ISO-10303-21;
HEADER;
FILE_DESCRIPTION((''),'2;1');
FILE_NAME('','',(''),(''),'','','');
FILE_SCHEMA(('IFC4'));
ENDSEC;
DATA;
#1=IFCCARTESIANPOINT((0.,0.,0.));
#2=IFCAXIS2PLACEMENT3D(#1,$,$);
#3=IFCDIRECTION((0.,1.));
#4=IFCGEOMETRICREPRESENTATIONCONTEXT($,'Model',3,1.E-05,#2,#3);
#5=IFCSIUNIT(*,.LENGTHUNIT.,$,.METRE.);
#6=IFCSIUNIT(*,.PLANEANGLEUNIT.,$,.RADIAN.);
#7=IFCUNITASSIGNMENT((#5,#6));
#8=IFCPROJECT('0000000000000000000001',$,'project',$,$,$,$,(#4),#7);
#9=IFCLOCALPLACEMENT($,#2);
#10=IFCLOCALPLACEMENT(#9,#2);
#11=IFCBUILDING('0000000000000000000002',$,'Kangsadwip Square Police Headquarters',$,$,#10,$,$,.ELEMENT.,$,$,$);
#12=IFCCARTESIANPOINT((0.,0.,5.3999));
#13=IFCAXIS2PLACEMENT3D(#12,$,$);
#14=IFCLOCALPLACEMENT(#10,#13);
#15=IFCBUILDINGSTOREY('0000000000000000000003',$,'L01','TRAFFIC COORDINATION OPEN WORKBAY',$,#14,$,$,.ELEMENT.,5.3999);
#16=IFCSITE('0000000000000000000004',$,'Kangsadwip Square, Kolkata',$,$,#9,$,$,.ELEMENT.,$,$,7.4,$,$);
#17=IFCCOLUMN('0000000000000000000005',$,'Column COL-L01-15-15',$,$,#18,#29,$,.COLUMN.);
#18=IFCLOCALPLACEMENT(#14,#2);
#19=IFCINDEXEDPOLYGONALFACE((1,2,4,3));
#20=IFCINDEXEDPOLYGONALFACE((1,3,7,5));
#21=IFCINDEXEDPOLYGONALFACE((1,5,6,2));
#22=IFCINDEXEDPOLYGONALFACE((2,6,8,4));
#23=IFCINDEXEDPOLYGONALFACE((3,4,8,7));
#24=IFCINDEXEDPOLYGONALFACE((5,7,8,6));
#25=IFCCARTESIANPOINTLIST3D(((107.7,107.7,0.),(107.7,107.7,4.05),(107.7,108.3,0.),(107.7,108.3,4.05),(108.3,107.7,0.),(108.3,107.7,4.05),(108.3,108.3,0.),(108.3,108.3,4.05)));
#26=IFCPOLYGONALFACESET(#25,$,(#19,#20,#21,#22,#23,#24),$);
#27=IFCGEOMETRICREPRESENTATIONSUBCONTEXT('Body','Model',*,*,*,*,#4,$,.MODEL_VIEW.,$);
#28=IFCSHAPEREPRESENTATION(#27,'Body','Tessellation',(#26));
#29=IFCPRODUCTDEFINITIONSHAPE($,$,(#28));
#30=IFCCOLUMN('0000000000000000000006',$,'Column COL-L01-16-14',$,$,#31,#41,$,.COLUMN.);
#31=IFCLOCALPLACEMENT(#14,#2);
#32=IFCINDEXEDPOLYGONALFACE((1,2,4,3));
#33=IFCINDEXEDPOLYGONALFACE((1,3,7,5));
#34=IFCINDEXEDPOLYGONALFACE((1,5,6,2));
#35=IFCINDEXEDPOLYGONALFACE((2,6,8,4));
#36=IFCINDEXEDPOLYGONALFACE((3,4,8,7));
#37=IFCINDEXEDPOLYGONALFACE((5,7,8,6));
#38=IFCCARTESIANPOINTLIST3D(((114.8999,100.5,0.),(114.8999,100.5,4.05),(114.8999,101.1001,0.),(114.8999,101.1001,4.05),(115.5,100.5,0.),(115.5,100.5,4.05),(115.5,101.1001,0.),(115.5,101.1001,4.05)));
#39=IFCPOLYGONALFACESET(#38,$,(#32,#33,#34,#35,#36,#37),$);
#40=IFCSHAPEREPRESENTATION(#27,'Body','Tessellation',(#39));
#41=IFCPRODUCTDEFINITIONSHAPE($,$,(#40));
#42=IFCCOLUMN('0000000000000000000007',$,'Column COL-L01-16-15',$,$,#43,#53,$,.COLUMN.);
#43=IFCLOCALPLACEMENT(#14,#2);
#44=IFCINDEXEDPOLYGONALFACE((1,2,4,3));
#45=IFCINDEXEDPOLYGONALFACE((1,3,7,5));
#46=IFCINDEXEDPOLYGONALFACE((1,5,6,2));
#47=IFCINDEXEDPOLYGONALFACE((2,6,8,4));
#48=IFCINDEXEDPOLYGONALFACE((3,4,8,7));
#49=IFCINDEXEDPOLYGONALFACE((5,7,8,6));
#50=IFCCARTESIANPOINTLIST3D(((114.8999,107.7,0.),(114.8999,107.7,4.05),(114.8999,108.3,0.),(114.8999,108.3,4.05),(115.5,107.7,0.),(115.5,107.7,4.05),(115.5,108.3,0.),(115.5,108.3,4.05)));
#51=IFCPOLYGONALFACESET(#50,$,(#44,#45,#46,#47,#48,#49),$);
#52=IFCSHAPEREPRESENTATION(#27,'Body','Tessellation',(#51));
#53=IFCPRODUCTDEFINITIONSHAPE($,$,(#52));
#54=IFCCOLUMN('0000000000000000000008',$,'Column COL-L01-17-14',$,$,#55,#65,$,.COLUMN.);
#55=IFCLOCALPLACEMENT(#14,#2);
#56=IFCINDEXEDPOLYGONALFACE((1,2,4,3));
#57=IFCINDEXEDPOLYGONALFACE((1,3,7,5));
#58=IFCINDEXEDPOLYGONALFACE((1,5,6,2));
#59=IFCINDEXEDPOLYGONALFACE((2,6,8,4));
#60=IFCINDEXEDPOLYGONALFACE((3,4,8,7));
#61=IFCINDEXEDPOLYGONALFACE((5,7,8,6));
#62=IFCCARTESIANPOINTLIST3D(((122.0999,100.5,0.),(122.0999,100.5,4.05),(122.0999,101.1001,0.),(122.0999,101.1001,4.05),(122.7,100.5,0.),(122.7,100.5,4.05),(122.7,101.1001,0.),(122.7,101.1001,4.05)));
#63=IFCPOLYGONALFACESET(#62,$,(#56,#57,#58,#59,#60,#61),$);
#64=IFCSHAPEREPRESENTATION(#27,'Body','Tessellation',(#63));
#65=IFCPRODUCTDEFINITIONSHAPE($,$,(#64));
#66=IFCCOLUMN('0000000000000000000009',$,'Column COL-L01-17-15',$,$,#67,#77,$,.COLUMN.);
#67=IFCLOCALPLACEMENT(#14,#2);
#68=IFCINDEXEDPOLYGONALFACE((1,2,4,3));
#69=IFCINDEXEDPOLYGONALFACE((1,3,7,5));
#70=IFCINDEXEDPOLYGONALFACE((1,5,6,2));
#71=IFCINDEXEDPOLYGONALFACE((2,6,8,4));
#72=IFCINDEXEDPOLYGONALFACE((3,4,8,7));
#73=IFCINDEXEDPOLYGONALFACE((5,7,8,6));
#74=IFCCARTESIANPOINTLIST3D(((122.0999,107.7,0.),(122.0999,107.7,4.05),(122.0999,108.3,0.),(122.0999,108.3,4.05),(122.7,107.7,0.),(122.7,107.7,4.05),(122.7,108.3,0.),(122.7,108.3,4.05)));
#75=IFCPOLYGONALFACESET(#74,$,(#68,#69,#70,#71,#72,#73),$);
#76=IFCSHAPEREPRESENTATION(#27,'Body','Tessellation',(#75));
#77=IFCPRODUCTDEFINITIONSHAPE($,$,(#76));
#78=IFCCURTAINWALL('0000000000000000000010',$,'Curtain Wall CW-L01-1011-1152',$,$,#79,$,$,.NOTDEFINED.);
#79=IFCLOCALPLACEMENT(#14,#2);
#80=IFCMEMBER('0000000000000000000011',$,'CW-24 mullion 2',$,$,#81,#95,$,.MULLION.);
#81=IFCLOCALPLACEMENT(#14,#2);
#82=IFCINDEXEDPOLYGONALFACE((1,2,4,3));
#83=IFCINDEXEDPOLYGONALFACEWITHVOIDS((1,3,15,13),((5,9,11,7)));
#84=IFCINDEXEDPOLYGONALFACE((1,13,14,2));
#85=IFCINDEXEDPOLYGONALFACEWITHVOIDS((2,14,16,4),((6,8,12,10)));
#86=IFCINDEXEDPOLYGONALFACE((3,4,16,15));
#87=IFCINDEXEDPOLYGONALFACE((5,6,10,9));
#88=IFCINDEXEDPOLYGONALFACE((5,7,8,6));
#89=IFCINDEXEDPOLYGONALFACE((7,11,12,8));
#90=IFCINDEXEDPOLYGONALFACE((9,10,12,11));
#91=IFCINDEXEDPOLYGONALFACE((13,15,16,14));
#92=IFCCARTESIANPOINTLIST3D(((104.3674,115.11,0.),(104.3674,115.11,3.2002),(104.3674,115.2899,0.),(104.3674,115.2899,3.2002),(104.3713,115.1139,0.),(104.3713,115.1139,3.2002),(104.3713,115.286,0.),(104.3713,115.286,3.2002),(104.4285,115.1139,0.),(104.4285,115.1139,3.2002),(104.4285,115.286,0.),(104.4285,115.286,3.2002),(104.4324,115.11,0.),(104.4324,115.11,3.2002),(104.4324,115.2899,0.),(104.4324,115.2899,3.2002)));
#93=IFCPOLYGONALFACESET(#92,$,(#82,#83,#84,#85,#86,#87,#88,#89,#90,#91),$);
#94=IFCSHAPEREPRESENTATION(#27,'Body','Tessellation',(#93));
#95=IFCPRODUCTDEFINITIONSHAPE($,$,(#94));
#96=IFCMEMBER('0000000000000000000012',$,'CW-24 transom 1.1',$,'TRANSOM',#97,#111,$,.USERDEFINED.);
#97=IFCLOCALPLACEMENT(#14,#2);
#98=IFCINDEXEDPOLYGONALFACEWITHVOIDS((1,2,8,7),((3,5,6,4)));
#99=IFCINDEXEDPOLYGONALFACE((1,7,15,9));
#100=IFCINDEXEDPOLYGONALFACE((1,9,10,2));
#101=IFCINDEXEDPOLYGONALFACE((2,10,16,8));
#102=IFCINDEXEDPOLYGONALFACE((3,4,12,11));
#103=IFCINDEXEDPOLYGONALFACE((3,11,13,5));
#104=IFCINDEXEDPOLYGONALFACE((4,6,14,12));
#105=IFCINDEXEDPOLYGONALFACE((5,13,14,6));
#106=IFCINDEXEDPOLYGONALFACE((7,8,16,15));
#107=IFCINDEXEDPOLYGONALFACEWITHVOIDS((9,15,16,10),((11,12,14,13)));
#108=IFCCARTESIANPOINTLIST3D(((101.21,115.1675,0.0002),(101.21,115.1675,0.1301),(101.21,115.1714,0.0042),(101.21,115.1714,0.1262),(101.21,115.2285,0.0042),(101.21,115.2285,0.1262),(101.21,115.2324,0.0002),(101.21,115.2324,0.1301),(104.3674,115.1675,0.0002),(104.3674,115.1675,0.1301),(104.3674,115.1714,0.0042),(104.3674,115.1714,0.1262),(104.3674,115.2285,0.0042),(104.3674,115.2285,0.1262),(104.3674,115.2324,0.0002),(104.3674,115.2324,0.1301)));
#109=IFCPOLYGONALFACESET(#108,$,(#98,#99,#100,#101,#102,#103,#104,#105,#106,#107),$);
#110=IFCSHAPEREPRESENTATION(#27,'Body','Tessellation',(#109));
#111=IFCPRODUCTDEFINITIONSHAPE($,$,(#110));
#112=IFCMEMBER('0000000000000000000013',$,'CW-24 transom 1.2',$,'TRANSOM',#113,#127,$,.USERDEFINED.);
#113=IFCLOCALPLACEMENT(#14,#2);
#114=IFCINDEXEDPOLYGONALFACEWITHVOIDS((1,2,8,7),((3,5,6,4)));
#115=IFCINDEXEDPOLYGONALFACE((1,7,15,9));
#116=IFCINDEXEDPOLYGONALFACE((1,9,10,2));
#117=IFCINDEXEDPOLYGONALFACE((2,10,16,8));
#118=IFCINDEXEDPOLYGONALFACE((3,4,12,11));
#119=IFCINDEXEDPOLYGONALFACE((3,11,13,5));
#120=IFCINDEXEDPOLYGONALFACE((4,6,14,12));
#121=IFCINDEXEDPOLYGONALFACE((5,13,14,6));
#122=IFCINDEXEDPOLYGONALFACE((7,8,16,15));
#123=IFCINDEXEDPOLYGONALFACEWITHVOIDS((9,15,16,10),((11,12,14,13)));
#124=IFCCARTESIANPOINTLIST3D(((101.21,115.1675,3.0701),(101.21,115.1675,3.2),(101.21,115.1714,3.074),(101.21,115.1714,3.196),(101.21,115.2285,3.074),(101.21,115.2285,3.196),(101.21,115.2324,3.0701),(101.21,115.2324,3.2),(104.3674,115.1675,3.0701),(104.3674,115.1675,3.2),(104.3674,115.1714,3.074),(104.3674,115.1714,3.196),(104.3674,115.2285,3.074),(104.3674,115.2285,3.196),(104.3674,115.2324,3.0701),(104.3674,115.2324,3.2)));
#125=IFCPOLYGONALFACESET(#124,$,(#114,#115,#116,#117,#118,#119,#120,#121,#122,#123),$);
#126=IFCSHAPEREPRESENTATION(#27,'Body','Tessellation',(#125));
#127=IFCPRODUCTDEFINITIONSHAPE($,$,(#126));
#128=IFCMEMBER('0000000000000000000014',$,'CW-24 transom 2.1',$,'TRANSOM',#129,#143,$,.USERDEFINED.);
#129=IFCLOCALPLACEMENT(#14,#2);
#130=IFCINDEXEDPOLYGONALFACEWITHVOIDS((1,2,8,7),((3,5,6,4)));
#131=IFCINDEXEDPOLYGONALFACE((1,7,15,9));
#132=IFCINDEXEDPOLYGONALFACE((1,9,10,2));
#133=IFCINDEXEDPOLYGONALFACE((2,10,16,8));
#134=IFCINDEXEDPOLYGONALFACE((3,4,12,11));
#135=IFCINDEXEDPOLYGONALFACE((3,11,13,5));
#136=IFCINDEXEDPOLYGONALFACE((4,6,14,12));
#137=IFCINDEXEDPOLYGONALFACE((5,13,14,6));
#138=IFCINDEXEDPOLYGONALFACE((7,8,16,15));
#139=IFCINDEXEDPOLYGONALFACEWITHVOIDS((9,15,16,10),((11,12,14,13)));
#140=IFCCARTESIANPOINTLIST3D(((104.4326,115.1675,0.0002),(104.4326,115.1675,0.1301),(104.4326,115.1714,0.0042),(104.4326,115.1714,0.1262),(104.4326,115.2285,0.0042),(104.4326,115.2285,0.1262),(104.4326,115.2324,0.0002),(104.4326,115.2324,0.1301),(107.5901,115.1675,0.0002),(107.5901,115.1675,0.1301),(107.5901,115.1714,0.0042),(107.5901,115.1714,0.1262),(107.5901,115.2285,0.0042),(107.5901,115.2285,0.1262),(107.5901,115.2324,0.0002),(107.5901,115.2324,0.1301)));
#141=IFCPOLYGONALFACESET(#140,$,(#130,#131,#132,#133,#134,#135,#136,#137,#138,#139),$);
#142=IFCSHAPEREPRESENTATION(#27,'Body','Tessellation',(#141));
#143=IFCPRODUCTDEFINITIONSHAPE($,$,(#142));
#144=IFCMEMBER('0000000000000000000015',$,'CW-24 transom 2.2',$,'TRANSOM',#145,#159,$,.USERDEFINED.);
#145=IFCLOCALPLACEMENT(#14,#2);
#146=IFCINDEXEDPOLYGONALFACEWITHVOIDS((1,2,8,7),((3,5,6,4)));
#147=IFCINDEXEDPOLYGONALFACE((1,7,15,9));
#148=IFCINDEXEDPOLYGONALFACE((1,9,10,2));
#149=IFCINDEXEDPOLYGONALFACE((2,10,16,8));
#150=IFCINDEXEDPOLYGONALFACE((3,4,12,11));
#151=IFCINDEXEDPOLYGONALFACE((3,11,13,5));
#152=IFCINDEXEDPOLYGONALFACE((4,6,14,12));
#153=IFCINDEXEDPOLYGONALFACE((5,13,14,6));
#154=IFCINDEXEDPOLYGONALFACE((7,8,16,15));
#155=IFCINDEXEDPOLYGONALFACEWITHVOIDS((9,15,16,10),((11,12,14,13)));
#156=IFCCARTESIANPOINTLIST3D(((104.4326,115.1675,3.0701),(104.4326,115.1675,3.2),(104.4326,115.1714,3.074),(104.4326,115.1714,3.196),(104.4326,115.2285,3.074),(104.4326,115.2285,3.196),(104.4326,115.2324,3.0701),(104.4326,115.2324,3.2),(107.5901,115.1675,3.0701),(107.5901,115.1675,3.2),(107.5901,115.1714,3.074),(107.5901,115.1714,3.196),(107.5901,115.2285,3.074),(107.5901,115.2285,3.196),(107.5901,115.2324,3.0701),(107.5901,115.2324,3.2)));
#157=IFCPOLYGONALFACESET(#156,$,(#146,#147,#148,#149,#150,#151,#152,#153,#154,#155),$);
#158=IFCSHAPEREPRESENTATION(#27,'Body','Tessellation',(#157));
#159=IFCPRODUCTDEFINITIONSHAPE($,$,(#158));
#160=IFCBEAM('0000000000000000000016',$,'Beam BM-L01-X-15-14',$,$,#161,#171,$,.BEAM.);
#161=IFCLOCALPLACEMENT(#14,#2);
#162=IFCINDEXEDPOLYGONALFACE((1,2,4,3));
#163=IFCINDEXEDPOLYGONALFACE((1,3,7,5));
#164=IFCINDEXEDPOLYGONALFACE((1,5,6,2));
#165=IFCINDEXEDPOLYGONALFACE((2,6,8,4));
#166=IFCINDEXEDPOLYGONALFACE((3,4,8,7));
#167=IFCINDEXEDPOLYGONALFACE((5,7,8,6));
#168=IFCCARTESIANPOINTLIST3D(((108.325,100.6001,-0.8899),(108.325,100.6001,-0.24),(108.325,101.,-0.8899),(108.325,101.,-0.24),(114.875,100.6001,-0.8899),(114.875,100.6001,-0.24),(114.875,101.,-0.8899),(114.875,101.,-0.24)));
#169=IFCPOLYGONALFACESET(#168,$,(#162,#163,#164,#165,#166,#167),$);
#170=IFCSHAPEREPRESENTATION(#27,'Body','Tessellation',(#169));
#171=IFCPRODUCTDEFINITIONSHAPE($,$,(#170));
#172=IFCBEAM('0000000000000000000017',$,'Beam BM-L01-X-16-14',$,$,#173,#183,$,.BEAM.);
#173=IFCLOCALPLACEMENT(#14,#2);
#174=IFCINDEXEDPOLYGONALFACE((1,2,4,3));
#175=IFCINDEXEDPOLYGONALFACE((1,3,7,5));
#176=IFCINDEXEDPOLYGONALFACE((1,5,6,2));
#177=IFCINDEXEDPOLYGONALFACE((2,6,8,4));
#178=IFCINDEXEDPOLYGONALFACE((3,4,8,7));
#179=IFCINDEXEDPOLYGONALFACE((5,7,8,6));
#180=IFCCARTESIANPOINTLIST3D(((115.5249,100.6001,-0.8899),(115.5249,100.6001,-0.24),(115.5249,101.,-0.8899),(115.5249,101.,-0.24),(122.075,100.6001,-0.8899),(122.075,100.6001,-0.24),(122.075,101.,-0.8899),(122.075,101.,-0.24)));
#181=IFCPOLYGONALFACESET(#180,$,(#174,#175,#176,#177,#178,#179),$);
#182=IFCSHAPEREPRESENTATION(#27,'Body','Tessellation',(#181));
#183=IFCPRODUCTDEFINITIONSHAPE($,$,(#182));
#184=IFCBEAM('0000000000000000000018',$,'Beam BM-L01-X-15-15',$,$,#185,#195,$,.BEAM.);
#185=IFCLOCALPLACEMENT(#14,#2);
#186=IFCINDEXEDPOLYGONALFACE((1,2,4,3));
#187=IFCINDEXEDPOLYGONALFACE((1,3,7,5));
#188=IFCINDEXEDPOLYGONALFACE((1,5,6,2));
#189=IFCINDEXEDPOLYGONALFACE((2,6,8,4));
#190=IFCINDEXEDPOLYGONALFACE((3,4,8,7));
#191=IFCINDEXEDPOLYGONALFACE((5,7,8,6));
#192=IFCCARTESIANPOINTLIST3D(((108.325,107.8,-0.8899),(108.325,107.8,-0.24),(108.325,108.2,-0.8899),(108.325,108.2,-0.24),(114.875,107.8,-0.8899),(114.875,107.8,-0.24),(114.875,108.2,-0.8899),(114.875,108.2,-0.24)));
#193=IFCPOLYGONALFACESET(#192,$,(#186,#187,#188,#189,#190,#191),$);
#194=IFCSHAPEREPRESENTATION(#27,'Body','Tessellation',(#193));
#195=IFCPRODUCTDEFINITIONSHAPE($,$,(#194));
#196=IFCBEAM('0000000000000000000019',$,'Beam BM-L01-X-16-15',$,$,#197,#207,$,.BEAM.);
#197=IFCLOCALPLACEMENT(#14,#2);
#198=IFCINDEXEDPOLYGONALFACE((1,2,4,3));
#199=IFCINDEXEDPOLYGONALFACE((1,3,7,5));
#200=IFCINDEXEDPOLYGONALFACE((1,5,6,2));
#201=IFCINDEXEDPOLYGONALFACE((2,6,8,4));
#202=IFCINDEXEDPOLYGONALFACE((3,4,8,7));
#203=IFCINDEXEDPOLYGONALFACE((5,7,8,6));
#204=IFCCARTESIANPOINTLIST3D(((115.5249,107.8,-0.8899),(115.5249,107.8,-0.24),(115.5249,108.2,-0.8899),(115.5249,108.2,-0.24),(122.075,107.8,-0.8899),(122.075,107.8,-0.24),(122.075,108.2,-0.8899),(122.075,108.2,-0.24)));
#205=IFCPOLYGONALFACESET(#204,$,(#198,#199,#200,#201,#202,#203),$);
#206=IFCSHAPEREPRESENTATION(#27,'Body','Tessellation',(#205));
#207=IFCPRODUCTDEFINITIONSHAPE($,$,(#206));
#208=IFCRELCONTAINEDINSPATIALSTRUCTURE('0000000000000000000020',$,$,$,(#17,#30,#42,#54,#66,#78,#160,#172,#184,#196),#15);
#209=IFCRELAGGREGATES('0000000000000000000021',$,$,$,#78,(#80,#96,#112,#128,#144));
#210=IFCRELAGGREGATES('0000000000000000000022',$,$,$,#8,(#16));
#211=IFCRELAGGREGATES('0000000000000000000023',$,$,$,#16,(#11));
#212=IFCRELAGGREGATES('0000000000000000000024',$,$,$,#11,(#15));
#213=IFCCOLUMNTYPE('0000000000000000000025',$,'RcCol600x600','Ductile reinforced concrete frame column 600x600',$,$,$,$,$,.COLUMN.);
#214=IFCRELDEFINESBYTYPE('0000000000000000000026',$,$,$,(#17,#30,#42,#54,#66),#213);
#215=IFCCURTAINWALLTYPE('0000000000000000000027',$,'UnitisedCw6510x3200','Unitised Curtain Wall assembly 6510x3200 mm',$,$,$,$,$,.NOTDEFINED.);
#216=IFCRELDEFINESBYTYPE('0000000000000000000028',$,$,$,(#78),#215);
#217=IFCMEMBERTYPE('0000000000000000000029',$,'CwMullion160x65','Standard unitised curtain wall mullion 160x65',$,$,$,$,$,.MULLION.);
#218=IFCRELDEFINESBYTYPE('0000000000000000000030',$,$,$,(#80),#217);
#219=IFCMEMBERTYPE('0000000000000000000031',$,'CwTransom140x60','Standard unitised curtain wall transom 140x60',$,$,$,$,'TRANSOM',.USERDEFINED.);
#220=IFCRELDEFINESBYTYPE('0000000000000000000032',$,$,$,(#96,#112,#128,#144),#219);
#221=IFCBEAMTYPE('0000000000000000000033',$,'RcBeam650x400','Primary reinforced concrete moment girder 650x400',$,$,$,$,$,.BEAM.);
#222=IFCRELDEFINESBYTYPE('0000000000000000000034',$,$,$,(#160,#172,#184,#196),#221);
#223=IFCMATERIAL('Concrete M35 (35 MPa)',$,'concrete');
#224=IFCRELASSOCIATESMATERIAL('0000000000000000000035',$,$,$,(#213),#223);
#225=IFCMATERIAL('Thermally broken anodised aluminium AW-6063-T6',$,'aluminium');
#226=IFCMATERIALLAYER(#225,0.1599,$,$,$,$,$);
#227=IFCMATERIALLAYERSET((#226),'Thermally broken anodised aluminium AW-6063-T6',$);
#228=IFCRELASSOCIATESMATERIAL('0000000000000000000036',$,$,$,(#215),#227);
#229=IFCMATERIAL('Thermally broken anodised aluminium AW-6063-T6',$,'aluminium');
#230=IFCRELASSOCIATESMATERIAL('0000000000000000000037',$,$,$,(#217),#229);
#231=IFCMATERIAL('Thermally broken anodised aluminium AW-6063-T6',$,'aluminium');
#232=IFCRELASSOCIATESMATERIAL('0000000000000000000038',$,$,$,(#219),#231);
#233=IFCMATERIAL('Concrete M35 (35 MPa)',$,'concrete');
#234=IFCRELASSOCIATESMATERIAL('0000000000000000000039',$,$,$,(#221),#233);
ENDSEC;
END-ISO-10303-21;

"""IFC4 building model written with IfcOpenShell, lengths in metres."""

from ifc_helpers import new_model, si_unit, direction, frame, origin, origin_2d, place, context, subcontext, project, spatial, rectangle, hollow_rectangle, extrude, material, layer, layer_set, material_profile, profile_set, type_object, element, aggregate, save


model = new_model("IFC4")

# Units and contexts
model_context = context("Model", 3, precision=1e-05, world=origin(), true_north=direction((0.0, 1.0)))
body_context = subcontext(model_context, "Body", "Model", "MODEL_VIEW")
ifc_project = project(units=[si_unit("LENGTHUNIT", "METRE"), si_unit("PLANEANGLEUNIT", "RADIAN")], contexts=[model_context])

# Site, building, storey
site_placement = place(None, origin())
site = spatial("IfcSite", under=ifc_project, at=site_placement, Name="Kangsadwip Square, Kolkata", CompositionType="ELEMENT", RefElevation=7.4)
building_placement = place(site_placement, origin())
building = spatial("IfcBuilding", under=site, at=building_placement, Name="Kangsadwip Square Police Headquarters", CompositionType="ELEMENT")
storey_placement = place(building_placement, frame((0.0, 0.0, 5.3999)))
storey = spatial("IfcBuildingStorey", under=building, at=storey_placement, Name="L01", Description="TRAFFIC COORDINATION OPEN WORKBAY", CompositionType="ELEMENT", Elevation=5.3999)

# Columns
ifc_material_1 = material(Name="Concrete M35 (35 MPa)", Category="concrete")
ifc_material_profile_1 = material_profile(ifc_material_1, rectangle(XDim=0.6001, YDim=0.6001, at=origin_2d()), Name="RC COL 600X600")
ifc_profile_set_1 = profile_set([ifc_material_profile_1], Name="Concrete M35 (35 MPa)")
column_type = type_object("IfcColumnType", Name="RcCol600x600", Description="Ductile reinforced concrete frame column 600x600", PredefinedType="COLUMN", material=ifc_profile_set_1)
for number, where, z_axis, x_axis, name in (
    (1, (108.0, 108.0, 0.0), (0.0, 0.0, 1.0), (1.0, 0.0, 0.0), "Column COL-L01-15-15"),
    (2, (115.2, 100.8, 0.0), (0.0, 0.0, 1.0), (1.0, 0.0, 0.0), "Column COL-L01-16-14"),
    (3, (115.2, 108.0, 0.0), (0.0, 0.0, 1.0), (1.0, 0.0, 0.0), "Column COL-L01-16-15"),
    (4, (122.3999, 100.8, 0.0), (0.0, 0.0, 1.0), (1.0, 0.0, 0.0), "Column COL-L01-17-14"),
    (5, (122.3999, 108.0, 0.0), (0.0, 0.0, 1.0), (1.0, 0.0, 0.0), "Column COL-L01-17-15"),
):
    element("IfcColumn", number, at=place(storey_placement, frame(where, z_axis=z_axis, x_axis=x_axis)), inside=storey, type_object=column_type, Name=name, PredefinedType="COLUMN", context=body_context, shape_type="SweptSolid", body=[
        extrude(rectangle(XDim=0.6001, YDim=0.6001, at=origin_2d()), origin(), (0.0, 0.0, 1.0), 4.05),
    ])

# Curtain wall, members
ifc_material_2 = material(Name="Thermally broken anodised aluminium AW-6063-T6", Category="aluminium")
ifc_layer_1 = layer(ifc_material_2, 0.1599)
ifc_layer_set_1 = layer_set([ifc_layer_1], Name="Thermally broken anodised aluminium AW-6063-T6")
curtain_wall_type = type_object("IfcCurtainWallType", Name="UnitisedCw6510x3200", Description="Unitised Curtain Wall assembly 6510x3200 mm", PredefinedType="NOTDEFINED", material=ifc_layer_set_1)
curtain_wall_placement = place(storey_placement, origin())
curtain_wall = element("IfcCurtainWall", 6, at=curtain_wall_placement, inside=storey, type_object=curtain_wall_type, Name="Curtain Wall CW-L01-1011-1152", PredefinedType="NOTDEFINED")
ifc_material_3 = material(Name="Thermally broken anodised aluminium AW-6063-T6", Category="aluminium")
ifc_material_profile_2 = material_profile(ifc_material_3, hollow_rectangle(XDim=0.0649, YDim=0.1799, WallThickness=0.0039, at=origin_2d()), Name="CWM 180X65X4")
ifc_profile_set_2 = profile_set([ifc_material_profile_2], Name="Thermally broken anodised aluminium AW-6063-T6")
member_type_1 = type_object("IfcMemberType", Name="CwMullion160x65", Description="Standard unitised curtain wall mullion 160x65", PredefinedType="MULLION", material=ifc_profile_set_2)
member_1_placement = place(storey_placement, frame((104.3999, 115.2, 0.0), z_axis=(0.0, 0.0, 1.0), x_axis=(1.0, 0.0, 0.0)))
member_1 = element("IfcMember", 7, at=member_1_placement, type_object=member_type_1, Name="CW-24 mullion 2", PredefinedType="MULLION", context=body_context, shape_type="SweptSolid", body=[
    extrude(hollow_rectangle(XDim=0.0649, YDim=0.1799, WallThickness=0.0039, at=origin_2d()), origin(), (0.0, 0.0, 1.0), 3.2002),
])
ifc_material_4 = material(Name="Thermally broken anodised aluminium AW-6063-T6", Category="aluminium")
ifc_material_profile_3 = material_profile(ifc_material_4, hollow_rectangle(XDim=0.0649, YDim=0.1299, WallThickness=0.0039, at=origin_2d()), Name="CWT 130X65X4")
ifc_profile_set_3 = profile_set([ifc_material_profile_3], Name="Thermally broken anodised aluminium AW-6063-T6")
member_type_2 = type_object("IfcMemberType", Name="CwTransom140x60", Description="Standard unitised curtain wall transom 140x60", ElementType="TRANSOM", PredefinedType="USERDEFINED", material=ifc_profile_set_3)
member_2_placement = place(storey_placement, frame((101.21, 115.2, 0.0652), z_axis=(1.0, 0.0, 0.0), x_axis=(0.0, 1.0, 0.0)))
member_2 = element("IfcMember", 8, at=member_2_placement, type_object=member_type_2, Name="CW-24 transom 1.1", ObjectType="TRANSOM", PredefinedType="USERDEFINED", context=body_context, shape_type="SweptSolid", body=[
    extrude(hollow_rectangle(XDim=0.0649, YDim=0.1299, WallThickness=0.0039, at=origin_2d()), origin(), (0.0, 0.0, 1.0), 3.1575),
])
member_3_placement = place(storey_placement, frame((101.21, 115.2, 3.135), z_axis=(1.0, 0.0, 0.0), x_axis=(0.0, 1.0, 0.0)))
member_3 = element("IfcMember", 9, at=member_3_placement, type_object=member_type_2, Name="CW-24 transom 1.2", ObjectType="TRANSOM", PredefinedType="USERDEFINED", context=body_context, shape_type="SweptSolid", body=[
    extrude(hollow_rectangle(XDim=0.0649, YDim=0.1299, WallThickness=0.0039, at=origin_2d()), origin(), (0.0, 0.0, 1.0), 3.1575),
])
member_4_placement = place(storey_placement, frame((104.4326, 115.2, 0.0652), z_axis=(1.0, 0.0, 0.0), x_axis=(0.0, 1.0, 0.0)))
member_4 = element("IfcMember", 10, at=member_4_placement, type_object=member_type_2, Name="CW-24 transom 2.1", ObjectType="TRANSOM", PredefinedType="USERDEFINED", context=body_context, shape_type="SweptSolid", body=[
    extrude(hollow_rectangle(XDim=0.0649, YDim=0.1299, WallThickness=0.0039, at=origin_2d()), origin(), (0.0, 0.0, 1.0), 3.1575),
])
member_5_placement = place(storey_placement, frame((104.4326, 115.2, 3.135), z_axis=(1.0, 0.0, 0.0), x_axis=(0.0, 1.0, 0.0)))
member_5 = element("IfcMember", 11, at=member_5_placement, type_object=member_type_2, Name="CW-24 transom 2.2", ObjectType="TRANSOM", PredefinedType="USERDEFINED", context=body_context, shape_type="SweptSolid", body=[
    extrude(hollow_rectangle(XDim=0.0649, YDim=0.1299, WallThickness=0.0039, at=origin_2d()), origin(), (0.0, 0.0, 1.0), 3.1575),
])

# Beams
ifc_material_5 = material(Name="Concrete M35 (35 MPa)", Category="concrete")
ifc_material_profile_4 = material_profile(ifc_material_5, rectangle(XDim=0.3999, YDim=0.6499, at=origin_2d()), Name="RC BM 650X400")
ifc_profile_set_4 = profile_set([ifc_material_profile_4], Name="Concrete M35 (35 MPa)")
beam_type = type_object("IfcBeamType", Name="RcBeam650x400", Description="Primary reinforced concrete moment girder 650x400", PredefinedType="BEAM", material=ifc_profile_set_4)
for number, where, z_axis, x_axis, name in (
    (12, (108.325, 100.8, -0.5649), (1.0, 0.0, 0.0), (0.0, 1.0, 0.0), "Beam BM-L01-X-15-14"),
    (13, (115.5249, 100.8, -0.5649), (1.0, 0.0, 0.0), (0.0, 1.0, 0.0), "Beam BM-L01-X-16-14"),
    (14, (108.325, 108.0, -0.5649), (1.0, 0.0, 0.0), (0.0, 1.0, 0.0), "Beam BM-L01-X-15-15"),
    (15, (115.5249, 108.0, -0.5649), (1.0, 0.0, 0.0), (0.0, 1.0, 0.0), "Beam BM-L01-X-16-15"),
):
    element("IfcBeam", number, at=place(storey_placement, frame(where, z_axis=z_axis, x_axis=x_axis)), inside=storey, type_object=beam_type, Name=name, PredefinedType="BEAM", context=body_context, shape_type="SweptSolid", body=[
        extrude(rectangle(XDim=0.3999, YDim=0.6499, at=origin_2d()), origin(), (0.0, 0.0, 1.0), 6.55),
    ])

aggregate(curtain_wall, [member_1, member_2, member_3, member_4, member_5])

save(model, "model.ifc")
